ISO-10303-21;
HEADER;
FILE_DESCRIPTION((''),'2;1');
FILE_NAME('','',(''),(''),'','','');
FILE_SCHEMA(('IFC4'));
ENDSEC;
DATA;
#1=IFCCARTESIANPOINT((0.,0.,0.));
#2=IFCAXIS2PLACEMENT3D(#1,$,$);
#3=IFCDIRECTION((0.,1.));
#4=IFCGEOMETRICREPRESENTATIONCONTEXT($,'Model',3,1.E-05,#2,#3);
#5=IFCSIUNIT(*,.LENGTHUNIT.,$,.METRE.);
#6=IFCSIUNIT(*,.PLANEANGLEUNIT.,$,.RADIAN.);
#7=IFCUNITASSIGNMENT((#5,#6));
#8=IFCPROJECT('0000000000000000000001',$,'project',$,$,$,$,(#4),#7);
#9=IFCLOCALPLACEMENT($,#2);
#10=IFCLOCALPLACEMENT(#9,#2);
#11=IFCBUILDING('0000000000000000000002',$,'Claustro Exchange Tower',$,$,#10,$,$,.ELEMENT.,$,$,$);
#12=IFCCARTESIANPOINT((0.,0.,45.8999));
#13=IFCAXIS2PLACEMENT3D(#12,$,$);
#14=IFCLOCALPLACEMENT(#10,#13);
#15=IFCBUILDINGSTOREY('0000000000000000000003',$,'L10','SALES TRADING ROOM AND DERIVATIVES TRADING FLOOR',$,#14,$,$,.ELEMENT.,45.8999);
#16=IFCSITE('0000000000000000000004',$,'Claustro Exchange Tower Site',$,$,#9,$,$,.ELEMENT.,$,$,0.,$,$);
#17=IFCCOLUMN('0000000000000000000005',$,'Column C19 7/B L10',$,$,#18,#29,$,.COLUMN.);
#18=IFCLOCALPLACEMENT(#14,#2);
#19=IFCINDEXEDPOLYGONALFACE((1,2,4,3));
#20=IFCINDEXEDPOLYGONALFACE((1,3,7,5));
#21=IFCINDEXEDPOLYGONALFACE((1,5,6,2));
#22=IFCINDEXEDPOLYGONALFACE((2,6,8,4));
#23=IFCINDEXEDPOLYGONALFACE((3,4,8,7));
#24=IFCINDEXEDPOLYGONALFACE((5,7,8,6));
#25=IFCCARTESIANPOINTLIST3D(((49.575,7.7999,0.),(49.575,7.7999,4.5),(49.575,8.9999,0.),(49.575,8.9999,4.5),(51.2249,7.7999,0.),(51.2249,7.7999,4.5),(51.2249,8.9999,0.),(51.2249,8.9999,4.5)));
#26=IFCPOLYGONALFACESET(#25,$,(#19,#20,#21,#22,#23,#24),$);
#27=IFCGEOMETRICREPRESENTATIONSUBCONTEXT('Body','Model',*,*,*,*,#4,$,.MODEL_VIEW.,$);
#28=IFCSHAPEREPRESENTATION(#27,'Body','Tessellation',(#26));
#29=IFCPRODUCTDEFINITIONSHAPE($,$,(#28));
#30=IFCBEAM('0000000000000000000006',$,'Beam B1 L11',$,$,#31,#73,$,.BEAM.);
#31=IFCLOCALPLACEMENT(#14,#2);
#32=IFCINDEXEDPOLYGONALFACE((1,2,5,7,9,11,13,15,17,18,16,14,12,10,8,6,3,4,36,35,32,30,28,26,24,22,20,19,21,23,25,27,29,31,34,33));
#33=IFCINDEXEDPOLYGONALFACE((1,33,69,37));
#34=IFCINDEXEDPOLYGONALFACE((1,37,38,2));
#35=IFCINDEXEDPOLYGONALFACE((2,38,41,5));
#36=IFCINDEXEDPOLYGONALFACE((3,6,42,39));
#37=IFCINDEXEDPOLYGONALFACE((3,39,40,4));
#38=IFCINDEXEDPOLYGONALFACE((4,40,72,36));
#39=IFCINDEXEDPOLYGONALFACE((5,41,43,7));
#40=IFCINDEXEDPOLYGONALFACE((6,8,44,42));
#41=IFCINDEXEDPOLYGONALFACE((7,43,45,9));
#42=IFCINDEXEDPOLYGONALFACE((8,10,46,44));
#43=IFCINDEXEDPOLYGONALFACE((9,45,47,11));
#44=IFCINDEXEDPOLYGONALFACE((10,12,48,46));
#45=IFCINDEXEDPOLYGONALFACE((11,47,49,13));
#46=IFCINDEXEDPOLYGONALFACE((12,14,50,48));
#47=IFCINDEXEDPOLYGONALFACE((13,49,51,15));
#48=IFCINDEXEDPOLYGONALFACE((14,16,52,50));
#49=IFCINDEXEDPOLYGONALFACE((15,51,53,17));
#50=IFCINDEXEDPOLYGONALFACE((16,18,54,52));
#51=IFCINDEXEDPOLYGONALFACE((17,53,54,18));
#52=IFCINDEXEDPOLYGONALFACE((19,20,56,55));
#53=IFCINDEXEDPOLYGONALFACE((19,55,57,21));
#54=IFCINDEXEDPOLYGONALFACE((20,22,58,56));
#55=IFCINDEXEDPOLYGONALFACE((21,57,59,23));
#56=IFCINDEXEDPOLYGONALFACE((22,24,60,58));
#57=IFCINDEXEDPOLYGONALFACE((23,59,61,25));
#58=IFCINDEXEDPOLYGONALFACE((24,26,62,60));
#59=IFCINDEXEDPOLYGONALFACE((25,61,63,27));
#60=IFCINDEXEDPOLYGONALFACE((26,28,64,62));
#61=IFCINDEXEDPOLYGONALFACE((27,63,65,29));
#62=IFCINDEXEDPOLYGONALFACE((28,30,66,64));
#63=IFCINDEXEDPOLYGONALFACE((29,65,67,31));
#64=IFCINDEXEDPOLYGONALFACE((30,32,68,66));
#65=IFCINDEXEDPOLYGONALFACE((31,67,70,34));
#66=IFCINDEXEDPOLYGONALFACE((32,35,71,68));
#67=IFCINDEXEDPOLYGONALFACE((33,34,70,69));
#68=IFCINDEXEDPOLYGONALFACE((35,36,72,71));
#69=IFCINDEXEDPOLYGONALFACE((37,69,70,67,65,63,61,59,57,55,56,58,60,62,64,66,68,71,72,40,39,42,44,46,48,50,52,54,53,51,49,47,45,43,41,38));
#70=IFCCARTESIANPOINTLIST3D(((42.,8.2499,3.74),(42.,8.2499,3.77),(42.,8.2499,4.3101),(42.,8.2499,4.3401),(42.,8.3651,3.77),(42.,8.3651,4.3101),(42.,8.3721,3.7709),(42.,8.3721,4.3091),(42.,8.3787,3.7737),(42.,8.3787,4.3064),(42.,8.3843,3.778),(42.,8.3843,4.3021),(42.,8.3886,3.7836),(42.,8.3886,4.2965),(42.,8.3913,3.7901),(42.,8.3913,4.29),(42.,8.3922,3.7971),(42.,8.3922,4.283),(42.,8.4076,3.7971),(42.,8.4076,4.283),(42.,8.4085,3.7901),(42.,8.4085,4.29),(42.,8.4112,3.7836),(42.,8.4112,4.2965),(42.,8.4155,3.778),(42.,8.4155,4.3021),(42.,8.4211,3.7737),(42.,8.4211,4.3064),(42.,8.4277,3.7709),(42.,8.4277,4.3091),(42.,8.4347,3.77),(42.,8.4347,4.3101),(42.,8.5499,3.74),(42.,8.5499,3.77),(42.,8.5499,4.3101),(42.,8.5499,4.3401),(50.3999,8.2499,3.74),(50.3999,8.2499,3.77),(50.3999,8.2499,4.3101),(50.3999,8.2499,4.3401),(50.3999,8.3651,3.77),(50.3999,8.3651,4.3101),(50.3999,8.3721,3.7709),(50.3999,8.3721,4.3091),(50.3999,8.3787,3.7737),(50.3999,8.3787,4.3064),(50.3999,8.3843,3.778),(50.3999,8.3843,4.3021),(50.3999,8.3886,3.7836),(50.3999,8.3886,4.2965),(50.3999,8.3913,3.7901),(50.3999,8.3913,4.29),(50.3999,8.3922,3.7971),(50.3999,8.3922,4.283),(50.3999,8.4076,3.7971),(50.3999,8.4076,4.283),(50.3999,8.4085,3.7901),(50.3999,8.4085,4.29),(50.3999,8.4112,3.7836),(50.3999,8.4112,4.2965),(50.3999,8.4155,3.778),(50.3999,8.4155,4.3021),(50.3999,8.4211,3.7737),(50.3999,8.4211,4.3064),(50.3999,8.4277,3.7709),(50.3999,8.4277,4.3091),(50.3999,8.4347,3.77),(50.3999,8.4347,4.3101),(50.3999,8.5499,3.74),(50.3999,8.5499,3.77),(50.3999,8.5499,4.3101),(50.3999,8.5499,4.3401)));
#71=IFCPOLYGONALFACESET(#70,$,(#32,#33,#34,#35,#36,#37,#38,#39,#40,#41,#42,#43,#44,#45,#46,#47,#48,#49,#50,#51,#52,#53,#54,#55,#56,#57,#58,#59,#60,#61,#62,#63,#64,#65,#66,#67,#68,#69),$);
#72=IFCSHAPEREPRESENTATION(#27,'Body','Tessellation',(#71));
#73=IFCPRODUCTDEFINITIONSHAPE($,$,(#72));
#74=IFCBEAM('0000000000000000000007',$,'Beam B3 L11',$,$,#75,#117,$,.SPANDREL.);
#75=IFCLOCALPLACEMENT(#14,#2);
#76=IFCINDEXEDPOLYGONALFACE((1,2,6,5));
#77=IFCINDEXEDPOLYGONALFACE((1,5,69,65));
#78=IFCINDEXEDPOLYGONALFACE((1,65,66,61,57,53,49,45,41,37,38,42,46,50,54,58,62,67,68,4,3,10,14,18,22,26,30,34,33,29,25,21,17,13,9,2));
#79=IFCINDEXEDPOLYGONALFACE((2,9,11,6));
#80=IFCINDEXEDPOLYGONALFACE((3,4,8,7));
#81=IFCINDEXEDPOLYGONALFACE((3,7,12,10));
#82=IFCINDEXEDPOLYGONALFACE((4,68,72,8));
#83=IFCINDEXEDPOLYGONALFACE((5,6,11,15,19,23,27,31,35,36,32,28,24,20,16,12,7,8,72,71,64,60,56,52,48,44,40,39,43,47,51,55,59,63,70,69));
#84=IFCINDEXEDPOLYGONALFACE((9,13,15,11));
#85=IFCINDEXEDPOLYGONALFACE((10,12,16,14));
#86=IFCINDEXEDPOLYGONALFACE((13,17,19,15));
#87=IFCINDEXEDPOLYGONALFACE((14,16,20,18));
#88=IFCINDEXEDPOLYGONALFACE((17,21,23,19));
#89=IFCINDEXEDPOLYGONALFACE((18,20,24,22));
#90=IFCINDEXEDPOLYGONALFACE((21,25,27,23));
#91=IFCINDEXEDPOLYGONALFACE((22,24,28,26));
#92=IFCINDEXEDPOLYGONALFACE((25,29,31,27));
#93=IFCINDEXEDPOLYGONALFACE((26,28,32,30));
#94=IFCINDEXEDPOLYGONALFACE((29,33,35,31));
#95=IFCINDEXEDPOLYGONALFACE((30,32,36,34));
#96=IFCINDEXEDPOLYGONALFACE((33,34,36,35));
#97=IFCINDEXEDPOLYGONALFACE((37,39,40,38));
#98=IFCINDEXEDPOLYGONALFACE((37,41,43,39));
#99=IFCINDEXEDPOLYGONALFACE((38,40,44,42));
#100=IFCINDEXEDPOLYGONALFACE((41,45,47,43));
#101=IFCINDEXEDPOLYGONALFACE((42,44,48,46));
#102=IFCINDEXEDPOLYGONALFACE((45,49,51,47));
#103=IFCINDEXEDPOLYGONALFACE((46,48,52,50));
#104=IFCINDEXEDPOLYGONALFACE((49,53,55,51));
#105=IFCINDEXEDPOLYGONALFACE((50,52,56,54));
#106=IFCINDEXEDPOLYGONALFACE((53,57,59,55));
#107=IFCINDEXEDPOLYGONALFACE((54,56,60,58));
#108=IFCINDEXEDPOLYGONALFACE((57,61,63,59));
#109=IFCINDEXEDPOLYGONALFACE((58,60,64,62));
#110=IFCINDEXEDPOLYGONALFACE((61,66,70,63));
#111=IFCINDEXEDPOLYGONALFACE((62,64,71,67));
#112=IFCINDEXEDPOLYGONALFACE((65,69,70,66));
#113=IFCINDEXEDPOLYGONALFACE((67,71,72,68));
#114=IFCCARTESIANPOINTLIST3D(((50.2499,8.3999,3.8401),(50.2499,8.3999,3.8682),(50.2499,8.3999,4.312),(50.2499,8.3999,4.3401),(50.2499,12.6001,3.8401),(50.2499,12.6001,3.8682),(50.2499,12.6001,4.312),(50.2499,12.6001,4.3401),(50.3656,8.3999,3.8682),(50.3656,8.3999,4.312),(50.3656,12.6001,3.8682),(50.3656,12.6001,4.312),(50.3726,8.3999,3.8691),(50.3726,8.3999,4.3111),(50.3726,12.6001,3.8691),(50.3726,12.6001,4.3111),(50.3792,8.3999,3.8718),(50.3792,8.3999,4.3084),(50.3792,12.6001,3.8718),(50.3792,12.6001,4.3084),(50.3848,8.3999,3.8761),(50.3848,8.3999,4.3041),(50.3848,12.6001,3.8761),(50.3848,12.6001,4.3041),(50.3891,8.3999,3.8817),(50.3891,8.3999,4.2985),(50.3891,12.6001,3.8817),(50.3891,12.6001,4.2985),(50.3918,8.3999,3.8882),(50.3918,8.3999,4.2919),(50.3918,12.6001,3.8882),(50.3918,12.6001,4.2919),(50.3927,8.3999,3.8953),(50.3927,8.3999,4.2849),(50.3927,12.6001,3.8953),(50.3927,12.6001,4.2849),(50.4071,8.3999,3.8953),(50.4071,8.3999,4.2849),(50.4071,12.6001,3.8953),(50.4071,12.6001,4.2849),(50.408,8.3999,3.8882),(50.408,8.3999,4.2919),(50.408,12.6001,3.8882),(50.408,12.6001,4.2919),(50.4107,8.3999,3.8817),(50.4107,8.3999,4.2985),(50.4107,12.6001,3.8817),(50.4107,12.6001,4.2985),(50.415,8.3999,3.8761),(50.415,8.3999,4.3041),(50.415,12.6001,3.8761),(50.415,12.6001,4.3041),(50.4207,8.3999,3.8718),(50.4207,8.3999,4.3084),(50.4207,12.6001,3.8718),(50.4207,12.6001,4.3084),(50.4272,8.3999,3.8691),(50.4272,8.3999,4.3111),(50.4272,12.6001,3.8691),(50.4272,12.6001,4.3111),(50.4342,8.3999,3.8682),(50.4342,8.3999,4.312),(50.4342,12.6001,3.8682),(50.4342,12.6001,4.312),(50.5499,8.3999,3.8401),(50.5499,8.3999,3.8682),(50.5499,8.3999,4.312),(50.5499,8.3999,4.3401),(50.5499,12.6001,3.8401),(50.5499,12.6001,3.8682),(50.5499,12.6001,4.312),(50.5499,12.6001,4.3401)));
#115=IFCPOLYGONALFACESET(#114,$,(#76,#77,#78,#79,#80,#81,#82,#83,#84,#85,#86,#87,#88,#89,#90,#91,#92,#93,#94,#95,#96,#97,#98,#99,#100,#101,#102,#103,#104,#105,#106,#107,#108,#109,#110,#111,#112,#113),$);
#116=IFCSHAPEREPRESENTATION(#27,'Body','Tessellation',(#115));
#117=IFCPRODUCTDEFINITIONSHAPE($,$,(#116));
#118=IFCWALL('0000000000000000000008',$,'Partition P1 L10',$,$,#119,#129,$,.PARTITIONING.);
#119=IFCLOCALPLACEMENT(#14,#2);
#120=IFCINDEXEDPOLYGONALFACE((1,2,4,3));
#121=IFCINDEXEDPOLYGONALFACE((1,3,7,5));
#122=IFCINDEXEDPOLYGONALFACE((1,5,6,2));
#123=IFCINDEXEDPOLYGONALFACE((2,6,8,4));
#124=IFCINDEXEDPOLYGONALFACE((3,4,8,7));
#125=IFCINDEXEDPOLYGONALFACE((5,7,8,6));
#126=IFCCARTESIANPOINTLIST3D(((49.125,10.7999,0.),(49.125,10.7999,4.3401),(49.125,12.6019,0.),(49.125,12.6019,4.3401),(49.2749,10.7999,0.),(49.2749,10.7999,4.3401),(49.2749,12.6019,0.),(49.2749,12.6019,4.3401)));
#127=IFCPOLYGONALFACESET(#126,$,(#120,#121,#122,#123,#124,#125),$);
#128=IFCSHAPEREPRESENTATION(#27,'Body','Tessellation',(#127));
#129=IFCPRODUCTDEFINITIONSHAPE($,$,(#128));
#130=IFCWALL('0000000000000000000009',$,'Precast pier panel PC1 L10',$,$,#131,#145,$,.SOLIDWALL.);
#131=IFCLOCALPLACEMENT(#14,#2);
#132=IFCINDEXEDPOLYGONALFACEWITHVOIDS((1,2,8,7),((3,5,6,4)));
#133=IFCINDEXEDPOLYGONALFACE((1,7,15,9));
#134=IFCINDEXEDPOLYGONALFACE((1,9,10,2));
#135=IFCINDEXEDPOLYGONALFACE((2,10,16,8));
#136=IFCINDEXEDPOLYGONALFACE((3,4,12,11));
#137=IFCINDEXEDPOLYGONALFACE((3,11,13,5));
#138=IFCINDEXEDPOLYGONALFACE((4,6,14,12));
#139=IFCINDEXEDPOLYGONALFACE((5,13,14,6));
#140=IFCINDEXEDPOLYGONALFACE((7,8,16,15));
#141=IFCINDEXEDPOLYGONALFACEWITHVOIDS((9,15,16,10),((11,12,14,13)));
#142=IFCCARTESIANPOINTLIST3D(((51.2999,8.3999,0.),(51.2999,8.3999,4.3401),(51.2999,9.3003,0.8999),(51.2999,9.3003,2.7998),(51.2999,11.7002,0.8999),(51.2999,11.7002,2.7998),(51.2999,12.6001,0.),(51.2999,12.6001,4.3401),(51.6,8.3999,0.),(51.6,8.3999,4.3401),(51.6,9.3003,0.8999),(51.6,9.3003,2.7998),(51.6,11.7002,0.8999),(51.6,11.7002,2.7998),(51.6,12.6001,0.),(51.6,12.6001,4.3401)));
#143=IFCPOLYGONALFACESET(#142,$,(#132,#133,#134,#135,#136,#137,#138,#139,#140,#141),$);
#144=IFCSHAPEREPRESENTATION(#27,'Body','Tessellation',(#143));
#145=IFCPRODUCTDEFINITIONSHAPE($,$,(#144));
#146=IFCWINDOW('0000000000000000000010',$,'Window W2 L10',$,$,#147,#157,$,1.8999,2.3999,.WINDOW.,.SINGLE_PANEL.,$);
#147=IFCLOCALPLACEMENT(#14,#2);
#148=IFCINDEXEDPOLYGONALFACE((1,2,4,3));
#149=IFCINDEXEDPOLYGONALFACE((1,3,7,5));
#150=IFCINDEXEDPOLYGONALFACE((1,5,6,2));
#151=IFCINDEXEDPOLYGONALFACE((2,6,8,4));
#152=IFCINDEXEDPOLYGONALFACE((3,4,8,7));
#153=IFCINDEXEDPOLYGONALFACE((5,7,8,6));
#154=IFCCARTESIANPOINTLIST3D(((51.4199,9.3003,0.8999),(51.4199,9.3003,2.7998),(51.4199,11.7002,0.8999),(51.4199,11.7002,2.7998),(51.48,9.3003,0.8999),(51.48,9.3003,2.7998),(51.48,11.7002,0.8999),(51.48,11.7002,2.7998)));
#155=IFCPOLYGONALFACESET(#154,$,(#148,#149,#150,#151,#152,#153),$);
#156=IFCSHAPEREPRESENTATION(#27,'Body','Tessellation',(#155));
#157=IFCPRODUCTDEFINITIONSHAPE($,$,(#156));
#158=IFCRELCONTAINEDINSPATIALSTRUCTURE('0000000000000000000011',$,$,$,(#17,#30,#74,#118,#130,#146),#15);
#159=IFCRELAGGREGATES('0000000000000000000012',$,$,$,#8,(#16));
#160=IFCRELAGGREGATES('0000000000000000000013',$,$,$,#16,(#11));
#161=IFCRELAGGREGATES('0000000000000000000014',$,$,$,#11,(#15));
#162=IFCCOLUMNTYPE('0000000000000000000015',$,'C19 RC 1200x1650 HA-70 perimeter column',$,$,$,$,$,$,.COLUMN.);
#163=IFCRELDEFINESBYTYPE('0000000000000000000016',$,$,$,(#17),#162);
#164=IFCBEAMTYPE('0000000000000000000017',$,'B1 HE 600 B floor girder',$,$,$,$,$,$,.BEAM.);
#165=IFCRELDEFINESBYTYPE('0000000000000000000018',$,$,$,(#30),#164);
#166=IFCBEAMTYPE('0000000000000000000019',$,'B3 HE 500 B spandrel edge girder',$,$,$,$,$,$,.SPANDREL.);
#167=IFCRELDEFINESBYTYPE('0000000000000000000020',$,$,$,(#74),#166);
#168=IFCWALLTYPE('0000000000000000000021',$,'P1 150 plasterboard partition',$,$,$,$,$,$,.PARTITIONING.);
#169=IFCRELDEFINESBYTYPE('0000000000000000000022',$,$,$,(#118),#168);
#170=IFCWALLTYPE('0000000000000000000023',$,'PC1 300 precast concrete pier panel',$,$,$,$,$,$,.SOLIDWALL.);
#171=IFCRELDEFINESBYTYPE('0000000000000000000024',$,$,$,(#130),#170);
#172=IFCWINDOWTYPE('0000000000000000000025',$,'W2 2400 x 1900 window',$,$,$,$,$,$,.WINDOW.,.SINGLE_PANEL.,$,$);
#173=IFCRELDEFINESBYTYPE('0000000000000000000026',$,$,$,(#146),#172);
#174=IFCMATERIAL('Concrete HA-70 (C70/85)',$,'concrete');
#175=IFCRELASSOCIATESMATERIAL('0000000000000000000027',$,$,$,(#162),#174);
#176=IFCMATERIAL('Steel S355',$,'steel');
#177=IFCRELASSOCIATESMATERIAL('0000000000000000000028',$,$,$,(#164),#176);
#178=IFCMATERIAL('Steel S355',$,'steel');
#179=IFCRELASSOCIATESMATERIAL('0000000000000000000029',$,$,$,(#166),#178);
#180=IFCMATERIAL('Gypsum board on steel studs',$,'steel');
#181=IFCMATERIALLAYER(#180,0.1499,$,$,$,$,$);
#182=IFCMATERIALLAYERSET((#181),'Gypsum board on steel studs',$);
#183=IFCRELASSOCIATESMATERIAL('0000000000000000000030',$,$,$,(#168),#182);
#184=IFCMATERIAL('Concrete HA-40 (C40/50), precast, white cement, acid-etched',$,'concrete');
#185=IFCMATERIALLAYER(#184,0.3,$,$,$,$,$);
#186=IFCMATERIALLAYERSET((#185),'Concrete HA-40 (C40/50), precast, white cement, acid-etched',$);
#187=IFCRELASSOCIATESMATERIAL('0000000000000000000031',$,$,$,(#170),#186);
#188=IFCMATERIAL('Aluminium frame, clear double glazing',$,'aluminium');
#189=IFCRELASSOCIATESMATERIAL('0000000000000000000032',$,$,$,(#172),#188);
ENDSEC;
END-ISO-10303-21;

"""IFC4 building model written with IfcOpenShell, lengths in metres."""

from ifc_helpers import new_model, si_unit, direction, frame, frame_2d, origin, origin_2d, place, context, subcontext, project, spatial, rectangle, i_section, extrude, material, layer, layer_set, material_profile, profile_set, type_object, element, fill, save


model = new_model("IFC4")

# Units and contexts
model_context = context("Model", 3, precision=1e-05, world=origin(), true_north=direction((0.0, 1.0)))
body_context = subcontext(model_context, "Body", "Model", "MODEL_VIEW")
ifc_project = project(units=[si_unit("LENGTHUNIT", "METRE"), si_unit("PLANEANGLEUNIT", "RADIAN")], contexts=[model_context])

# Site, building, storey
site_placement = place(None, origin())
site = spatial("IfcSite", under=ifc_project, at=site_placement, Name="Claustro Exchange Tower Site", CompositionType="ELEMENT", RefElevation=0.0)
building_placement = place(site_placement, origin())
building = spatial("IfcBuilding", under=site, at=building_placement, Name="Claustro Exchange Tower", CompositionType="ELEMENT")
storey_placement = place(building_placement, frame((0.0, 0.0, 45.8999)))
storey = spatial("IfcBuildingStorey", under=building, at=storey_placement, Name="L10", Description="SALES TRADING ROOM AND DERIVATIVES TRADING FLOOR", CompositionType="ELEMENT", Elevation=45.8999)

# Column
ifc_material_1 = material(Name="Concrete HA-70 (C70/85)", Category="concrete")
ifc_material_profile_1 = material_profile(ifc_material_1, rectangle(XDim=1.2, YDim=1.6499, at=origin_2d()), Name="RC 1200x1650")
ifc_profile_set_1 = profile_set([ifc_material_profile_1], Name="Concrete HA-70 (C70/85)")
column_type = type_object("IfcColumnType", Name="C19 RC 1200x1650 HA-70 perimeter column", PredefinedType="COLUMN", material=ifc_profile_set_1)
column_placement = place(storey_placement, frame((50.3999, 8.3999, 0.0), z_axis=(0.0, 0.0, 1.0), x_axis=(0.0, 1.0, 0.0)))
element("IfcColumn", 1, at=column_placement, inside=storey, type_object=column_type, Name="Column C19 7/B L10", PredefinedType="COLUMN", context=body_context, shape_type="SweptSolid", body=[
    extrude(rectangle(XDim=1.2, YDim=1.6499, at=origin_2d()), origin(), (0.0, 0.0, 1.0), 4.5),
])

# Beams
ifc_material_2 = material(Name="Steel S355", Category="steel")
ifc_material_profile_2 = material_profile(ifc_material_2, i_section(OverallWidth=0.3, OverallDepth=0.6001, WebThickness=0.0154, FlangeThickness=0.03, FilletRadius=0.0271, at=origin_2d()), Name="HE 600 B")
ifc_profile_set_2 = profile_set([ifc_material_profile_2], Name="Steel S355")
beam_type_1 = type_object("IfcBeamType", Name="B1 HE 600 B floor girder", PredefinedType="BEAM", material=ifc_profile_set_2)
beam_1_placement = place(storey_placement, frame((42.0, 8.3999, 4.04), z_axis=(1.0, 0.0, 0.0), x_axis=(0.0, 1.0, 0.0)))
element("IfcBeam", 2, at=beam_1_placement, inside=storey, type_object=beam_type_1, Name="Beam B1 L11", PredefinedType="BEAM", context=body_context, shape_type="SweptSolid", body=[
    extrude(i_section(OverallWidth=0.3, OverallDepth=0.6001, WebThickness=0.0154, FlangeThickness=0.03, FilletRadius=0.0271, at=origin_2d()), origin(), (0.0, 0.0, 1.0), 8.3999),
])
ifc_material_3 = material(Name="Steel S355", Category="steel")
ifc_material_profile_3 = material_profile(ifc_material_3, i_section(OverallWidth=0.3, OverallDepth=0.5, WebThickness=0.0144, FlangeThickness=0.0281, FilletRadius=0.0271, at=origin_2d()), Name="HE 500 B")
ifc_profile_set_3 = profile_set([ifc_material_profile_3], Name="Steel S355")
beam_type_2 = type_object("IfcBeamType", Name="B3 HE 500 B spandrel edge girder", PredefinedType="SPANDREL", material=ifc_profile_set_3)
beam_2_placement = place(storey_placement, frame((50.3999, 8.3999, 4.0901), z_axis=(0.0, 1.0, 0.0), x_axis=(-1.0, 0.0, 0.0)))
element("IfcBeam", 3, at=beam_2_placement, inside=storey, type_object=beam_type_2, Name="Beam B3 L11", PredefinedType="SPANDREL", context=body_context, shape_type="SweptSolid", body=[
    extrude(i_section(OverallWidth=0.3, OverallDepth=0.5, WebThickness=0.0144, FlangeThickness=0.0281, FilletRadius=0.0271, at=origin_2d()), origin(), (0.0, 0.0, 1.0), 4.2002),
])

# Wall
ifc_material_4 = material(Name="Gypsum board on steel studs", Category="steel")
ifc_layer_1 = layer(ifc_material_4, 0.1499)
ifc_layer_set_1 = layer_set([ifc_layer_1], Name="Gypsum board on steel studs")
wall_type_1 = type_object("IfcWallType", Name="P1 150 plasterboard partition", PredefinedType="PARTITIONING", material=ifc_layer_set_1)
wall_1_placement = place(storey_placement, frame((49.2, 10.8, 0.0), z_axis=(0.0, 0.0, 1.0), x_axis=(0.0, 1.0, 0.0)))
element("IfcWall", 4, at=wall_1_placement, inside=storey, type_object=wall_type_1, Name="Partition P1 L10", PredefinedType="PARTITIONING", context=body_context, shape_type="SweptSolid", body=[
    extrude(rectangle(XDim=1.802, YDim=0.1499, at=frame_2d((0.9009, 0.0))), origin(), (0.0, 0.0, 1.0), 4.3401),
])

# Wall, opening, window
ifc_material_5 = material(Name="Concrete HA-40 (C40/50), precast, white cement, acid-etched", Category="concrete")
ifc_layer_2 = layer(ifc_material_5, 0.3)
ifc_layer_set_2 = layer_set([ifc_layer_2], Name="Concrete HA-40 (C40/50), precast, white cement, acid-etched")
wall_type_2 = type_object("IfcWallType", Name="PC1 300 precast concrete pier panel", PredefinedType="SOLIDWALL", material=ifc_layer_set_2)
wall_2_placement = place(storey_placement, frame((51.45, 12.6001, 0.0), z_axis=(0.0, 0.0, 1.0), x_axis=(0.0, -1.0, 0.0)))
wall_2 = element("IfcWall", 5, at=wall_2_placement, inside=storey, type_object=wall_type_2, Name="Precast pier panel PC1 L10", PredefinedType="SOLIDWALL", context=body_context, shape_type="SweptSolid", body=[
    extrude(rectangle(XDim=4.2002, YDim=0.3, at=frame_2d((2.1001, 0.0))), origin(), (0.0, 0.0, 1.0), 4.3401),
])
opening_1_placement = place(wall_2_placement, frame((0.8999, 0.0, 0.8999)))
opening_1 = element("IfcOpeningElement", 6, at=opening_1_placement, cuts=wall_2, PredefinedType="OPENING", context=body_context, shape_type="SweptSolid", body=[
    extrude(rectangle(XDim=2.3999, YDim=1.8999, at=frame_2d((1.2, 0.95))), frame((0.0, 0.1599, 0.0), z_axis=(0.0, -1.0, 0.0), x_axis=(1.0, 0.0, 0.0)), (0.0, 0.0, 1.0), 0.3201),
])
ifc_material_6 = material(Name="Aluminium frame, clear double glazing", Category="aluminium")
window_type_1 = type_object("IfcWindowType", Name="W2 2400 x 1900 window", PartitioningType="SINGLE_PANEL", PredefinedType="WINDOW", material=ifc_material_6)
window_1_placement = place(opening_1_placement, origin())
window_1 = element("IfcWindow", 7, at=window_1_placement, inside=storey, type_object=window_type_1, Name="Window W2 L10", OverallHeight=1.8999, OverallWidth=2.3999, PartitioningType="SINGLE_PANEL", PredefinedType="WINDOW", context=body_context, shape_type="SweptSolid", body=[
    extrude(rectangle(XDim=2.3999, YDim=1.8999, at=frame_2d((1.2, 0.95))), frame((0.0, 0.03, 0.0), z_axis=(0.0, -1.0, 0.0), x_axis=(1.0, 0.0, 0.0)), (0.0, 0.0, 1.0), 0.0601),
])
fill(opening_1, window_1)

save(model, "model.ifc")
